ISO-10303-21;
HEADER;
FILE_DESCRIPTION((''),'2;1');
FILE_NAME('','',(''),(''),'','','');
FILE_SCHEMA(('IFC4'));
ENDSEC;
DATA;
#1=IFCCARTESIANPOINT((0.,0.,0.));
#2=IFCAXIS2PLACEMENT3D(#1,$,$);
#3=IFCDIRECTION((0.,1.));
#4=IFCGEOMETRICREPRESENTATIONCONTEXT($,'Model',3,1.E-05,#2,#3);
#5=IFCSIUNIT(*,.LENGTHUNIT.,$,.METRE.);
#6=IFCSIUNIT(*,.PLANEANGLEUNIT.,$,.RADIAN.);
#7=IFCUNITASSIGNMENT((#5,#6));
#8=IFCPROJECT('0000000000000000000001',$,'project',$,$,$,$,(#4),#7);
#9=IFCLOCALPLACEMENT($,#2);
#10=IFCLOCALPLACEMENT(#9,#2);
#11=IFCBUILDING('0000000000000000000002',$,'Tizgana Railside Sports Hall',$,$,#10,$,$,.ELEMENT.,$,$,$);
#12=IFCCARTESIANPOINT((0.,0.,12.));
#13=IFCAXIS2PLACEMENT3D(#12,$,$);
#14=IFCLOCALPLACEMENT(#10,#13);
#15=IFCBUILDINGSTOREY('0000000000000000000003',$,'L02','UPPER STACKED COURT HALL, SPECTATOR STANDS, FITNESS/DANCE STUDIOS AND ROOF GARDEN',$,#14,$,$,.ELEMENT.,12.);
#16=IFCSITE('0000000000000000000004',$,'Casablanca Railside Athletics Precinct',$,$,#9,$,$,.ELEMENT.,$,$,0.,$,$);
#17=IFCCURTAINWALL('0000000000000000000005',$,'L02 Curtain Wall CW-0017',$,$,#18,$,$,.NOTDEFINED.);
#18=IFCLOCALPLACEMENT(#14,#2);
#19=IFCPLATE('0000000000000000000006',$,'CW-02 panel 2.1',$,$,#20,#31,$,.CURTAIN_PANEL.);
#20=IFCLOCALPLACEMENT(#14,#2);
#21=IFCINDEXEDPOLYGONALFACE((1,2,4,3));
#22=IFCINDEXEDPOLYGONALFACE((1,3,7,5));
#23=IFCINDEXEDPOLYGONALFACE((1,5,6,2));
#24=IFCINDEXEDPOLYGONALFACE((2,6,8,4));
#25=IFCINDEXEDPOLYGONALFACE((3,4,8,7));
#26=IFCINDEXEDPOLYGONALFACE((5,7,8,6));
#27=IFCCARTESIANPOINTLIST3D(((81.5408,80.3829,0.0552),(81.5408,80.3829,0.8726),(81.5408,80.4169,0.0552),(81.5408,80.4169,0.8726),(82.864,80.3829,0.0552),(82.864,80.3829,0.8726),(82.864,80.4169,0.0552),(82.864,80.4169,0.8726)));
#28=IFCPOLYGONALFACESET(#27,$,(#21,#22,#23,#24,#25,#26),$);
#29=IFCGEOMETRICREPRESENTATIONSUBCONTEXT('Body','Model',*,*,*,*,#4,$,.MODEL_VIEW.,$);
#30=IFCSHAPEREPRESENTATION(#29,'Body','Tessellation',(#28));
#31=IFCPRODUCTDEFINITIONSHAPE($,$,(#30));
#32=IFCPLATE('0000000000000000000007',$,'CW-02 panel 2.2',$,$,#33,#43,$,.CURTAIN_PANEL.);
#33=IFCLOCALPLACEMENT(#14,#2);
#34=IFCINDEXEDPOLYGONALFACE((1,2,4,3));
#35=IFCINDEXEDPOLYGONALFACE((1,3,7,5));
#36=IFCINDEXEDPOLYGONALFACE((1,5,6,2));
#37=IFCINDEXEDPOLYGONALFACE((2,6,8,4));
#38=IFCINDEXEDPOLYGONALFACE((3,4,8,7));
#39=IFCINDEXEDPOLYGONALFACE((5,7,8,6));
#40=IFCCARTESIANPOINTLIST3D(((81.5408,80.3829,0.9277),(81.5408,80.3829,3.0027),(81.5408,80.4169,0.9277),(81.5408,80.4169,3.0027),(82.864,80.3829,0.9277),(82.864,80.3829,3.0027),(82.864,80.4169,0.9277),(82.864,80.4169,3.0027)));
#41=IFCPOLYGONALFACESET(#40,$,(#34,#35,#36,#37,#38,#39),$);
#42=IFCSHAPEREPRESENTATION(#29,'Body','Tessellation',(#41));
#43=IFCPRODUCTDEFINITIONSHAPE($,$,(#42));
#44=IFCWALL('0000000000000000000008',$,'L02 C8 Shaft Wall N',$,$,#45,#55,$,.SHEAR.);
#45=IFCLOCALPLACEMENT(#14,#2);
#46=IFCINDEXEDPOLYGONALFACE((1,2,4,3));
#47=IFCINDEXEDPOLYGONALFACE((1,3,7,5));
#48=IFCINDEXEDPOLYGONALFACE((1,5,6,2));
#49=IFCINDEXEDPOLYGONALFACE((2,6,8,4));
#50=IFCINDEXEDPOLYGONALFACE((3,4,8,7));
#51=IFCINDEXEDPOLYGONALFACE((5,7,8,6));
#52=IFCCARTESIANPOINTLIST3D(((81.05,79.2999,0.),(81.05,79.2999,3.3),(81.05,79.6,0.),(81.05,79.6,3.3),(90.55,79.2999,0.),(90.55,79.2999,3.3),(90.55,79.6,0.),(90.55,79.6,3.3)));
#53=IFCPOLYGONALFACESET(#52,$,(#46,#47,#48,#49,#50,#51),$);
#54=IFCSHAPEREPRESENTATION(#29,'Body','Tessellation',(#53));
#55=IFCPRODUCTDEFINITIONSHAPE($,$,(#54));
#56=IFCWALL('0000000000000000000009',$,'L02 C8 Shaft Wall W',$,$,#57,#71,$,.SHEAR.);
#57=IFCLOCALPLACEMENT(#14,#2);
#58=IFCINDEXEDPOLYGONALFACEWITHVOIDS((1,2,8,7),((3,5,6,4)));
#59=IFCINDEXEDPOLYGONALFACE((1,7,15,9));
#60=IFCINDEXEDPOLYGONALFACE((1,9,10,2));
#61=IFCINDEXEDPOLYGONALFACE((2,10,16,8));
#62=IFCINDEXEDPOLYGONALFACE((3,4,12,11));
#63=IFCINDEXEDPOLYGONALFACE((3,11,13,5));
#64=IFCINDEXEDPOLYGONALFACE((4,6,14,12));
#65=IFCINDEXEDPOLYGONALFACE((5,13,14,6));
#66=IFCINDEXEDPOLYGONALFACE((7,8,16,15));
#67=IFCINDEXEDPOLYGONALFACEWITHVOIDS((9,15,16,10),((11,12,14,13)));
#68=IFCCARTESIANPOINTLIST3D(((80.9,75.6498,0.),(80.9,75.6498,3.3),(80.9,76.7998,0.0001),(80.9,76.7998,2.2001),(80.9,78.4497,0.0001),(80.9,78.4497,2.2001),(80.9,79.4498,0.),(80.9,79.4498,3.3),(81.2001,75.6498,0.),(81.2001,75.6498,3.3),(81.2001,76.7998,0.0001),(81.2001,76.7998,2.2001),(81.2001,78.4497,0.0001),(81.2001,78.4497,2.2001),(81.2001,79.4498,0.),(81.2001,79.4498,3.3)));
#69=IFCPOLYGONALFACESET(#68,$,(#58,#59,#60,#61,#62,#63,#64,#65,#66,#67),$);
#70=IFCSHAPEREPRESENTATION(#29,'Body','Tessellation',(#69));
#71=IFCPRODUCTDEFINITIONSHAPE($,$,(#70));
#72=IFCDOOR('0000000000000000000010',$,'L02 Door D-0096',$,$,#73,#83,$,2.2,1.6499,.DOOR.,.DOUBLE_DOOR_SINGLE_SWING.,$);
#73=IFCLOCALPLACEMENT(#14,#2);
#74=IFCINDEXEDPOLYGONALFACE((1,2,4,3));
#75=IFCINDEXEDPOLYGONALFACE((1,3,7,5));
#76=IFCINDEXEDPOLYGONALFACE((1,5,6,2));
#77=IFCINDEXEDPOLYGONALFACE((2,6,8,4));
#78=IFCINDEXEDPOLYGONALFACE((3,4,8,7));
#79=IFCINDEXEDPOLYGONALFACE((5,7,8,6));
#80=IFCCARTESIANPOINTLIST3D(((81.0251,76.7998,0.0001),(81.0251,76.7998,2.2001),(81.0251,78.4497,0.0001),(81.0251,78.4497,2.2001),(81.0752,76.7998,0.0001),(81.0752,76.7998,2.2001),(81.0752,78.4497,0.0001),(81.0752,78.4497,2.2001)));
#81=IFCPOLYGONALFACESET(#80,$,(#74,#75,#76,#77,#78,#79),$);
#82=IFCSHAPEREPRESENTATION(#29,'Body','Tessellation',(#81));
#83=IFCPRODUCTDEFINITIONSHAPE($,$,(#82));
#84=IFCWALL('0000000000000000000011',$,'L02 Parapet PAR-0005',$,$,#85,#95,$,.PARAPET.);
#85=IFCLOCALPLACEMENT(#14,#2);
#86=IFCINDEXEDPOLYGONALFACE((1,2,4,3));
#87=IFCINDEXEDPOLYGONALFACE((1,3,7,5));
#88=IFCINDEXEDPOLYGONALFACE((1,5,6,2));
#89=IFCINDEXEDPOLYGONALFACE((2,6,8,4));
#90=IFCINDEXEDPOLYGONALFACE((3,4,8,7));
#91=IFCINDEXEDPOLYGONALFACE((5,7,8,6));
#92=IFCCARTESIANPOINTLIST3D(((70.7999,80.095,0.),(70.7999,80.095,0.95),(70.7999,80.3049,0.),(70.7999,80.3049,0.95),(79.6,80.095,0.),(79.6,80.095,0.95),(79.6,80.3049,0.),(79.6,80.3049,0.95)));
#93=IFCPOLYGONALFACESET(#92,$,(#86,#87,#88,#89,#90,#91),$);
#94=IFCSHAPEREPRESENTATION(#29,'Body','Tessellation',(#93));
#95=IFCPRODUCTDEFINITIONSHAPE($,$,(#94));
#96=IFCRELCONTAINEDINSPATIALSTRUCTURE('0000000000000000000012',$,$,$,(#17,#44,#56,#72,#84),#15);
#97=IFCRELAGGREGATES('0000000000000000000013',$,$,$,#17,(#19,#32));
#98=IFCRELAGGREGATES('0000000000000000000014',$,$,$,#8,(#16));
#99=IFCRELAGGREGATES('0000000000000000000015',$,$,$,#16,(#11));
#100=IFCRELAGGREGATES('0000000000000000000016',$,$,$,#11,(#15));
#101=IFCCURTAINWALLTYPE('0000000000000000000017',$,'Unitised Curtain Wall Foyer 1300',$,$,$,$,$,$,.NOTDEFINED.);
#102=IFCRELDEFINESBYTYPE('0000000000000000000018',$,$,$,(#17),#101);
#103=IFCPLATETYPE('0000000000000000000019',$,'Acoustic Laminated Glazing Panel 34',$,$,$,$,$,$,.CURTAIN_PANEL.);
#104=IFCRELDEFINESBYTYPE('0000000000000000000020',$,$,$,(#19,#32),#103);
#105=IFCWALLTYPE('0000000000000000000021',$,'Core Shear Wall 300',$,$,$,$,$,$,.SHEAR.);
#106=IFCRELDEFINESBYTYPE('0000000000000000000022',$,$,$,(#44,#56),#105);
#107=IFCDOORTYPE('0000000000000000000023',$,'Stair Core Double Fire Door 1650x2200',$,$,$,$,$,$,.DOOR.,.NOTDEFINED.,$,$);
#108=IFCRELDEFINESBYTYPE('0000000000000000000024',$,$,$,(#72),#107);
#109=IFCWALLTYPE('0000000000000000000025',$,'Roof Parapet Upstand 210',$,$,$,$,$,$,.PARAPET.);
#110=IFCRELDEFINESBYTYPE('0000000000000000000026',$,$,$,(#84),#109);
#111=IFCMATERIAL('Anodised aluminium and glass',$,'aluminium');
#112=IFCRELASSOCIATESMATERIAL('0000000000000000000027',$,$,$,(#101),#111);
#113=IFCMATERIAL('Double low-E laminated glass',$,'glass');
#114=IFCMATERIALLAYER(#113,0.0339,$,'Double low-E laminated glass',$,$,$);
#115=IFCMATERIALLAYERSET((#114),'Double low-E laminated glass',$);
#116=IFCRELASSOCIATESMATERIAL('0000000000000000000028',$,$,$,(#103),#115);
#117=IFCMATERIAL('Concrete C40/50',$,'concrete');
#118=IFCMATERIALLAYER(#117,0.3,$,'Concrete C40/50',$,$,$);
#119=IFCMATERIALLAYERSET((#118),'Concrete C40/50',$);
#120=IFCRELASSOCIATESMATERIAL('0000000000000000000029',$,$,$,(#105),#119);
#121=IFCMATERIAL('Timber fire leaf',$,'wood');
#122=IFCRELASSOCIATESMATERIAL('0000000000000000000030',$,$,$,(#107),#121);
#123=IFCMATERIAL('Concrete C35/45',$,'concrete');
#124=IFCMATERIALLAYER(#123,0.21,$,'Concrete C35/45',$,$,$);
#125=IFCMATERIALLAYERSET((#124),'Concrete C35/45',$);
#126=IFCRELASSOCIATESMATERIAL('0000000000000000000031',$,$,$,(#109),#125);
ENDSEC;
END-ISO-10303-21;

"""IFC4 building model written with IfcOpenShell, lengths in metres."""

from ifc_helpers import new_model, si_unit, direction, frame, frame_2d, origin, origin_2d, place, context, subcontext, project, spatial, rectangle, extrude, material, layer, layer_set, type_object, element, fill, aggregate, save


model = new_model("IFC4")

# Units and contexts
model_context = context("Model", 3, precision=1e-05, world=origin(), true_north=direction((0.0, 1.0)))
body_context = subcontext(model_context, "Body", "Model", "MODEL_VIEW")
ifc_project = project(units=[si_unit("LENGTHUNIT", "METRE"), si_unit("PLANEANGLEUNIT", "RADIAN")], contexts=[model_context])

# Site, building, storey
site_placement = place(None, origin())
site = spatial("IfcSite", under=ifc_project, at=site_placement, Name="Casablanca Railside Athletics Precinct", CompositionType="ELEMENT", RefElevation=0.0)
building_placement = place(site_placement, origin())
building = spatial("IfcBuilding", under=site, at=building_placement, Name="Tizgana Railside Sports Hall", CompositionType="ELEMENT")
storey_placement = place(building_placement, frame((0.0, 0.0, 12.0)))
storey = spatial("IfcBuildingStorey", under=building, at=storey_placement, Name="L02", Description="UPPER STACKED COURT HALL, SPECTATOR STANDS, FITNESS/DANCE STUDIOS AND ROOF GARDEN", CompositionType="ELEMENT", Elevation=12.0)

# Shared definitions
ifc_material_1 = material(Name="Concrete C35/45", Category="concrete")

# Curtain wall, plates
ifc_material_2 = material(Name="Anodised aluminium and glass", Category="aluminium")
curtain_wall_type = type_object("IfcCurtainWallType", Name="Unitised Curtain Wall Foyer 1300", PredefinedType="NOTDEFINED", material=ifc_material_2)
curtain_wall_placement = place(storey_placement, origin())
curtain_wall = element("IfcCurtainWall", 1, at=curtain_wall_placement, inside=storey, type_object=curtain_wall_type, Name="L02 Curtain Wall CW-0017", PredefinedType="NOTDEFINED")
ifc_material_3 = material(Name="Double low-E laminated glass", Category="glass")
ifc_layer_1 = layer(ifc_material_3, 0.0339, Name="Double low-E laminated glass")
ifc_layer_set_1 = layer_set([ifc_layer_1], Name="Double low-E laminated glass")
plate_type = type_object("IfcPlateType", Name="Acoustic Laminated Glazing Panel 34", PredefinedType="CURTAIN_PANEL", material=ifc_layer_set_1)
plate_1_placement = place(storey_placement, frame((82.2024, 80.3999, 0.0552), z_axis=(0.0, 0.0, 1.0), x_axis=(1.0, 0.0, 0.0)))
plate_1 = element("IfcPlate", 2, at=plate_1_placement, type_object=plate_type, Name="CW-02 panel 2.1", PredefinedType="CURTAIN_PANEL", context=body_context, shape_type="SweptSolid", body=[
    extrude(rectangle(XDim=1.3232, YDim=0.0339, at=origin_2d()), origin(), (0.0, 0.0, 1.0), 0.8174),
])
plate_2_placement = place(storey_placement, frame((82.2024, 80.3999, 0.9277), z_axis=(0.0, 0.0, 1.0), x_axis=(1.0, 0.0, 0.0)))
plate_2 = element("IfcPlate", 3, at=plate_2_placement, type_object=plate_type, Name="CW-02 panel 2.2", PredefinedType="CURTAIN_PANEL", context=body_context, shape_type="SweptSolid", body=[
    extrude(rectangle(XDim=1.3232, YDim=0.0339, at=origin_2d()), origin(), (0.0, 0.0, 1.0), 2.075),
])
aggregate(curtain_wall, [plate_1, plate_2])

# Wall
ifc_material_4 = material(Name="Concrete C40/50", Category="concrete")
ifc_layer_2 = layer(ifc_material_4, 0.3, Name="Concrete C40/50")
ifc_layer_set_2 = layer_set([ifc_layer_2], Name="Concrete C40/50")
wall_type_1 = type_object("IfcWallType", Name="Core Shear Wall 300", PredefinedType="SHEAR", material=ifc_layer_set_2)
wall_1_placement = place(storey_placement, frame((81.05, 79.45, 0.0), z_axis=(0.0, 0.0, 1.0), x_axis=(1.0, 0.0, 0.0)))
element("IfcWall", 4, at=wall_1_placement, inside=storey, type_object=wall_type_1, Name="L02 C8 Shaft Wall N", PredefinedType="SHEAR", context=body_context, shape_type="SweptSolid", body=[
    extrude(rectangle(XDim=9.5, YDim=0.3, at=frame_2d((4.75, 0.0))), origin(), (0.0, 0.0, 1.0), 3.3),
])

# Wall, opening, door
wall_2_placement = place(storey_placement, frame((81.05, 75.6499, 0.0), z_axis=(0.0, 0.0, 1.0), x_axis=(0.0, 1.0, 0.0)))
wall_2 = element("IfcWall", 5, at=wall_2_placement, inside=storey, type_object=wall_type_1, Name="L02 C8 Shaft Wall W", PredefinedType="SHEAR", context=body_context, shape_type="SweptSolid", body=[
    extrude(rectangle(XDim=3.8, YDim=0.3, at=frame_2d((1.8999, 0.0))), origin(), (0.0, 0.0, 1.0), 3.3),
])
opening_placement = place(wall_2_placement, frame((1.1499, 0.0, 0.0)))
opening = element("IfcOpeningElement", 6, at=opening_placement, cuts=wall_2, PredefinedType="OPENING", context=body_context, shape_type="SweptSolid", body=[
    extrude(rectangle(XDim=1.6499, YDim=2.2, at=frame_2d((0.825, 1.1001))), frame((0.0, 0.1599, 0.0), z_axis=(0.0, -1.0, 0.0), x_axis=(1.0, 0.0, 0.0)), (0.0, 0.0, 1.0), 0.3201),
])
ifc_material_5 = material(Name="Timber fire leaf", Category="wood")
door_type = type_object("IfcDoorType", Name="Stair Core Double Fire Door 1650x2200", OperationType="NOTDEFINED", PredefinedType="DOOR", material=ifc_material_5)
door_placement = place(opening_placement, origin())
door = element("IfcDoor", 7, at=door_placement, inside=storey, type_object=door_type, Name="L02 Door D-0096", OperationType="DOUBLE_DOOR_SINGLE_SWING", OverallHeight=2.2, OverallWidth=1.6499, PredefinedType="DOOR", context=body_context, shape_type="SweptSolid", body=[
    extrude(rectangle(XDim=1.6499, YDim=2.2, at=frame_2d((0.825, 1.1001))), frame((0.0, 0.0249, 0.0), z_axis=(0.0, -1.0, 0.0), x_axis=(1.0, 0.0, 0.0)), (0.0, 0.0, 1.0), 0.05),
])
fill(opening, door)

# Wall
ifc_layer_3 = layer(ifc_material_1, 0.21, Name="Concrete C35/45")
ifc_layer_set_3 = layer_set([ifc_layer_3], Name="Concrete C35/45")
wall_type_2 = type_object("IfcWallType", Name="Roof Parapet Upstand 210", PredefinedType="PARAPET", material=ifc_layer_set_3)
wall_3_placement = place(storey_placement, frame((70.8, 80.2, 0.0), z_axis=(0.0, 0.0, 1.0), x_axis=(1.0, 0.0, 0.0)))
element("IfcWall", 8, at=wall_3_placement, inside=storey, type_object=wall_type_2, Name="L02 Parapet PAR-0005", PredefinedType="PARAPET", context=body_context, shape_type="SweptSolid", body=[
    extrude(rectangle(XDim=8.8, YDim=0.21, at=frame_2d((4.3999, 0.0))), origin(), (0.0, 0.0, 1.0), 0.95),
])

save(model, "model.ifc")
